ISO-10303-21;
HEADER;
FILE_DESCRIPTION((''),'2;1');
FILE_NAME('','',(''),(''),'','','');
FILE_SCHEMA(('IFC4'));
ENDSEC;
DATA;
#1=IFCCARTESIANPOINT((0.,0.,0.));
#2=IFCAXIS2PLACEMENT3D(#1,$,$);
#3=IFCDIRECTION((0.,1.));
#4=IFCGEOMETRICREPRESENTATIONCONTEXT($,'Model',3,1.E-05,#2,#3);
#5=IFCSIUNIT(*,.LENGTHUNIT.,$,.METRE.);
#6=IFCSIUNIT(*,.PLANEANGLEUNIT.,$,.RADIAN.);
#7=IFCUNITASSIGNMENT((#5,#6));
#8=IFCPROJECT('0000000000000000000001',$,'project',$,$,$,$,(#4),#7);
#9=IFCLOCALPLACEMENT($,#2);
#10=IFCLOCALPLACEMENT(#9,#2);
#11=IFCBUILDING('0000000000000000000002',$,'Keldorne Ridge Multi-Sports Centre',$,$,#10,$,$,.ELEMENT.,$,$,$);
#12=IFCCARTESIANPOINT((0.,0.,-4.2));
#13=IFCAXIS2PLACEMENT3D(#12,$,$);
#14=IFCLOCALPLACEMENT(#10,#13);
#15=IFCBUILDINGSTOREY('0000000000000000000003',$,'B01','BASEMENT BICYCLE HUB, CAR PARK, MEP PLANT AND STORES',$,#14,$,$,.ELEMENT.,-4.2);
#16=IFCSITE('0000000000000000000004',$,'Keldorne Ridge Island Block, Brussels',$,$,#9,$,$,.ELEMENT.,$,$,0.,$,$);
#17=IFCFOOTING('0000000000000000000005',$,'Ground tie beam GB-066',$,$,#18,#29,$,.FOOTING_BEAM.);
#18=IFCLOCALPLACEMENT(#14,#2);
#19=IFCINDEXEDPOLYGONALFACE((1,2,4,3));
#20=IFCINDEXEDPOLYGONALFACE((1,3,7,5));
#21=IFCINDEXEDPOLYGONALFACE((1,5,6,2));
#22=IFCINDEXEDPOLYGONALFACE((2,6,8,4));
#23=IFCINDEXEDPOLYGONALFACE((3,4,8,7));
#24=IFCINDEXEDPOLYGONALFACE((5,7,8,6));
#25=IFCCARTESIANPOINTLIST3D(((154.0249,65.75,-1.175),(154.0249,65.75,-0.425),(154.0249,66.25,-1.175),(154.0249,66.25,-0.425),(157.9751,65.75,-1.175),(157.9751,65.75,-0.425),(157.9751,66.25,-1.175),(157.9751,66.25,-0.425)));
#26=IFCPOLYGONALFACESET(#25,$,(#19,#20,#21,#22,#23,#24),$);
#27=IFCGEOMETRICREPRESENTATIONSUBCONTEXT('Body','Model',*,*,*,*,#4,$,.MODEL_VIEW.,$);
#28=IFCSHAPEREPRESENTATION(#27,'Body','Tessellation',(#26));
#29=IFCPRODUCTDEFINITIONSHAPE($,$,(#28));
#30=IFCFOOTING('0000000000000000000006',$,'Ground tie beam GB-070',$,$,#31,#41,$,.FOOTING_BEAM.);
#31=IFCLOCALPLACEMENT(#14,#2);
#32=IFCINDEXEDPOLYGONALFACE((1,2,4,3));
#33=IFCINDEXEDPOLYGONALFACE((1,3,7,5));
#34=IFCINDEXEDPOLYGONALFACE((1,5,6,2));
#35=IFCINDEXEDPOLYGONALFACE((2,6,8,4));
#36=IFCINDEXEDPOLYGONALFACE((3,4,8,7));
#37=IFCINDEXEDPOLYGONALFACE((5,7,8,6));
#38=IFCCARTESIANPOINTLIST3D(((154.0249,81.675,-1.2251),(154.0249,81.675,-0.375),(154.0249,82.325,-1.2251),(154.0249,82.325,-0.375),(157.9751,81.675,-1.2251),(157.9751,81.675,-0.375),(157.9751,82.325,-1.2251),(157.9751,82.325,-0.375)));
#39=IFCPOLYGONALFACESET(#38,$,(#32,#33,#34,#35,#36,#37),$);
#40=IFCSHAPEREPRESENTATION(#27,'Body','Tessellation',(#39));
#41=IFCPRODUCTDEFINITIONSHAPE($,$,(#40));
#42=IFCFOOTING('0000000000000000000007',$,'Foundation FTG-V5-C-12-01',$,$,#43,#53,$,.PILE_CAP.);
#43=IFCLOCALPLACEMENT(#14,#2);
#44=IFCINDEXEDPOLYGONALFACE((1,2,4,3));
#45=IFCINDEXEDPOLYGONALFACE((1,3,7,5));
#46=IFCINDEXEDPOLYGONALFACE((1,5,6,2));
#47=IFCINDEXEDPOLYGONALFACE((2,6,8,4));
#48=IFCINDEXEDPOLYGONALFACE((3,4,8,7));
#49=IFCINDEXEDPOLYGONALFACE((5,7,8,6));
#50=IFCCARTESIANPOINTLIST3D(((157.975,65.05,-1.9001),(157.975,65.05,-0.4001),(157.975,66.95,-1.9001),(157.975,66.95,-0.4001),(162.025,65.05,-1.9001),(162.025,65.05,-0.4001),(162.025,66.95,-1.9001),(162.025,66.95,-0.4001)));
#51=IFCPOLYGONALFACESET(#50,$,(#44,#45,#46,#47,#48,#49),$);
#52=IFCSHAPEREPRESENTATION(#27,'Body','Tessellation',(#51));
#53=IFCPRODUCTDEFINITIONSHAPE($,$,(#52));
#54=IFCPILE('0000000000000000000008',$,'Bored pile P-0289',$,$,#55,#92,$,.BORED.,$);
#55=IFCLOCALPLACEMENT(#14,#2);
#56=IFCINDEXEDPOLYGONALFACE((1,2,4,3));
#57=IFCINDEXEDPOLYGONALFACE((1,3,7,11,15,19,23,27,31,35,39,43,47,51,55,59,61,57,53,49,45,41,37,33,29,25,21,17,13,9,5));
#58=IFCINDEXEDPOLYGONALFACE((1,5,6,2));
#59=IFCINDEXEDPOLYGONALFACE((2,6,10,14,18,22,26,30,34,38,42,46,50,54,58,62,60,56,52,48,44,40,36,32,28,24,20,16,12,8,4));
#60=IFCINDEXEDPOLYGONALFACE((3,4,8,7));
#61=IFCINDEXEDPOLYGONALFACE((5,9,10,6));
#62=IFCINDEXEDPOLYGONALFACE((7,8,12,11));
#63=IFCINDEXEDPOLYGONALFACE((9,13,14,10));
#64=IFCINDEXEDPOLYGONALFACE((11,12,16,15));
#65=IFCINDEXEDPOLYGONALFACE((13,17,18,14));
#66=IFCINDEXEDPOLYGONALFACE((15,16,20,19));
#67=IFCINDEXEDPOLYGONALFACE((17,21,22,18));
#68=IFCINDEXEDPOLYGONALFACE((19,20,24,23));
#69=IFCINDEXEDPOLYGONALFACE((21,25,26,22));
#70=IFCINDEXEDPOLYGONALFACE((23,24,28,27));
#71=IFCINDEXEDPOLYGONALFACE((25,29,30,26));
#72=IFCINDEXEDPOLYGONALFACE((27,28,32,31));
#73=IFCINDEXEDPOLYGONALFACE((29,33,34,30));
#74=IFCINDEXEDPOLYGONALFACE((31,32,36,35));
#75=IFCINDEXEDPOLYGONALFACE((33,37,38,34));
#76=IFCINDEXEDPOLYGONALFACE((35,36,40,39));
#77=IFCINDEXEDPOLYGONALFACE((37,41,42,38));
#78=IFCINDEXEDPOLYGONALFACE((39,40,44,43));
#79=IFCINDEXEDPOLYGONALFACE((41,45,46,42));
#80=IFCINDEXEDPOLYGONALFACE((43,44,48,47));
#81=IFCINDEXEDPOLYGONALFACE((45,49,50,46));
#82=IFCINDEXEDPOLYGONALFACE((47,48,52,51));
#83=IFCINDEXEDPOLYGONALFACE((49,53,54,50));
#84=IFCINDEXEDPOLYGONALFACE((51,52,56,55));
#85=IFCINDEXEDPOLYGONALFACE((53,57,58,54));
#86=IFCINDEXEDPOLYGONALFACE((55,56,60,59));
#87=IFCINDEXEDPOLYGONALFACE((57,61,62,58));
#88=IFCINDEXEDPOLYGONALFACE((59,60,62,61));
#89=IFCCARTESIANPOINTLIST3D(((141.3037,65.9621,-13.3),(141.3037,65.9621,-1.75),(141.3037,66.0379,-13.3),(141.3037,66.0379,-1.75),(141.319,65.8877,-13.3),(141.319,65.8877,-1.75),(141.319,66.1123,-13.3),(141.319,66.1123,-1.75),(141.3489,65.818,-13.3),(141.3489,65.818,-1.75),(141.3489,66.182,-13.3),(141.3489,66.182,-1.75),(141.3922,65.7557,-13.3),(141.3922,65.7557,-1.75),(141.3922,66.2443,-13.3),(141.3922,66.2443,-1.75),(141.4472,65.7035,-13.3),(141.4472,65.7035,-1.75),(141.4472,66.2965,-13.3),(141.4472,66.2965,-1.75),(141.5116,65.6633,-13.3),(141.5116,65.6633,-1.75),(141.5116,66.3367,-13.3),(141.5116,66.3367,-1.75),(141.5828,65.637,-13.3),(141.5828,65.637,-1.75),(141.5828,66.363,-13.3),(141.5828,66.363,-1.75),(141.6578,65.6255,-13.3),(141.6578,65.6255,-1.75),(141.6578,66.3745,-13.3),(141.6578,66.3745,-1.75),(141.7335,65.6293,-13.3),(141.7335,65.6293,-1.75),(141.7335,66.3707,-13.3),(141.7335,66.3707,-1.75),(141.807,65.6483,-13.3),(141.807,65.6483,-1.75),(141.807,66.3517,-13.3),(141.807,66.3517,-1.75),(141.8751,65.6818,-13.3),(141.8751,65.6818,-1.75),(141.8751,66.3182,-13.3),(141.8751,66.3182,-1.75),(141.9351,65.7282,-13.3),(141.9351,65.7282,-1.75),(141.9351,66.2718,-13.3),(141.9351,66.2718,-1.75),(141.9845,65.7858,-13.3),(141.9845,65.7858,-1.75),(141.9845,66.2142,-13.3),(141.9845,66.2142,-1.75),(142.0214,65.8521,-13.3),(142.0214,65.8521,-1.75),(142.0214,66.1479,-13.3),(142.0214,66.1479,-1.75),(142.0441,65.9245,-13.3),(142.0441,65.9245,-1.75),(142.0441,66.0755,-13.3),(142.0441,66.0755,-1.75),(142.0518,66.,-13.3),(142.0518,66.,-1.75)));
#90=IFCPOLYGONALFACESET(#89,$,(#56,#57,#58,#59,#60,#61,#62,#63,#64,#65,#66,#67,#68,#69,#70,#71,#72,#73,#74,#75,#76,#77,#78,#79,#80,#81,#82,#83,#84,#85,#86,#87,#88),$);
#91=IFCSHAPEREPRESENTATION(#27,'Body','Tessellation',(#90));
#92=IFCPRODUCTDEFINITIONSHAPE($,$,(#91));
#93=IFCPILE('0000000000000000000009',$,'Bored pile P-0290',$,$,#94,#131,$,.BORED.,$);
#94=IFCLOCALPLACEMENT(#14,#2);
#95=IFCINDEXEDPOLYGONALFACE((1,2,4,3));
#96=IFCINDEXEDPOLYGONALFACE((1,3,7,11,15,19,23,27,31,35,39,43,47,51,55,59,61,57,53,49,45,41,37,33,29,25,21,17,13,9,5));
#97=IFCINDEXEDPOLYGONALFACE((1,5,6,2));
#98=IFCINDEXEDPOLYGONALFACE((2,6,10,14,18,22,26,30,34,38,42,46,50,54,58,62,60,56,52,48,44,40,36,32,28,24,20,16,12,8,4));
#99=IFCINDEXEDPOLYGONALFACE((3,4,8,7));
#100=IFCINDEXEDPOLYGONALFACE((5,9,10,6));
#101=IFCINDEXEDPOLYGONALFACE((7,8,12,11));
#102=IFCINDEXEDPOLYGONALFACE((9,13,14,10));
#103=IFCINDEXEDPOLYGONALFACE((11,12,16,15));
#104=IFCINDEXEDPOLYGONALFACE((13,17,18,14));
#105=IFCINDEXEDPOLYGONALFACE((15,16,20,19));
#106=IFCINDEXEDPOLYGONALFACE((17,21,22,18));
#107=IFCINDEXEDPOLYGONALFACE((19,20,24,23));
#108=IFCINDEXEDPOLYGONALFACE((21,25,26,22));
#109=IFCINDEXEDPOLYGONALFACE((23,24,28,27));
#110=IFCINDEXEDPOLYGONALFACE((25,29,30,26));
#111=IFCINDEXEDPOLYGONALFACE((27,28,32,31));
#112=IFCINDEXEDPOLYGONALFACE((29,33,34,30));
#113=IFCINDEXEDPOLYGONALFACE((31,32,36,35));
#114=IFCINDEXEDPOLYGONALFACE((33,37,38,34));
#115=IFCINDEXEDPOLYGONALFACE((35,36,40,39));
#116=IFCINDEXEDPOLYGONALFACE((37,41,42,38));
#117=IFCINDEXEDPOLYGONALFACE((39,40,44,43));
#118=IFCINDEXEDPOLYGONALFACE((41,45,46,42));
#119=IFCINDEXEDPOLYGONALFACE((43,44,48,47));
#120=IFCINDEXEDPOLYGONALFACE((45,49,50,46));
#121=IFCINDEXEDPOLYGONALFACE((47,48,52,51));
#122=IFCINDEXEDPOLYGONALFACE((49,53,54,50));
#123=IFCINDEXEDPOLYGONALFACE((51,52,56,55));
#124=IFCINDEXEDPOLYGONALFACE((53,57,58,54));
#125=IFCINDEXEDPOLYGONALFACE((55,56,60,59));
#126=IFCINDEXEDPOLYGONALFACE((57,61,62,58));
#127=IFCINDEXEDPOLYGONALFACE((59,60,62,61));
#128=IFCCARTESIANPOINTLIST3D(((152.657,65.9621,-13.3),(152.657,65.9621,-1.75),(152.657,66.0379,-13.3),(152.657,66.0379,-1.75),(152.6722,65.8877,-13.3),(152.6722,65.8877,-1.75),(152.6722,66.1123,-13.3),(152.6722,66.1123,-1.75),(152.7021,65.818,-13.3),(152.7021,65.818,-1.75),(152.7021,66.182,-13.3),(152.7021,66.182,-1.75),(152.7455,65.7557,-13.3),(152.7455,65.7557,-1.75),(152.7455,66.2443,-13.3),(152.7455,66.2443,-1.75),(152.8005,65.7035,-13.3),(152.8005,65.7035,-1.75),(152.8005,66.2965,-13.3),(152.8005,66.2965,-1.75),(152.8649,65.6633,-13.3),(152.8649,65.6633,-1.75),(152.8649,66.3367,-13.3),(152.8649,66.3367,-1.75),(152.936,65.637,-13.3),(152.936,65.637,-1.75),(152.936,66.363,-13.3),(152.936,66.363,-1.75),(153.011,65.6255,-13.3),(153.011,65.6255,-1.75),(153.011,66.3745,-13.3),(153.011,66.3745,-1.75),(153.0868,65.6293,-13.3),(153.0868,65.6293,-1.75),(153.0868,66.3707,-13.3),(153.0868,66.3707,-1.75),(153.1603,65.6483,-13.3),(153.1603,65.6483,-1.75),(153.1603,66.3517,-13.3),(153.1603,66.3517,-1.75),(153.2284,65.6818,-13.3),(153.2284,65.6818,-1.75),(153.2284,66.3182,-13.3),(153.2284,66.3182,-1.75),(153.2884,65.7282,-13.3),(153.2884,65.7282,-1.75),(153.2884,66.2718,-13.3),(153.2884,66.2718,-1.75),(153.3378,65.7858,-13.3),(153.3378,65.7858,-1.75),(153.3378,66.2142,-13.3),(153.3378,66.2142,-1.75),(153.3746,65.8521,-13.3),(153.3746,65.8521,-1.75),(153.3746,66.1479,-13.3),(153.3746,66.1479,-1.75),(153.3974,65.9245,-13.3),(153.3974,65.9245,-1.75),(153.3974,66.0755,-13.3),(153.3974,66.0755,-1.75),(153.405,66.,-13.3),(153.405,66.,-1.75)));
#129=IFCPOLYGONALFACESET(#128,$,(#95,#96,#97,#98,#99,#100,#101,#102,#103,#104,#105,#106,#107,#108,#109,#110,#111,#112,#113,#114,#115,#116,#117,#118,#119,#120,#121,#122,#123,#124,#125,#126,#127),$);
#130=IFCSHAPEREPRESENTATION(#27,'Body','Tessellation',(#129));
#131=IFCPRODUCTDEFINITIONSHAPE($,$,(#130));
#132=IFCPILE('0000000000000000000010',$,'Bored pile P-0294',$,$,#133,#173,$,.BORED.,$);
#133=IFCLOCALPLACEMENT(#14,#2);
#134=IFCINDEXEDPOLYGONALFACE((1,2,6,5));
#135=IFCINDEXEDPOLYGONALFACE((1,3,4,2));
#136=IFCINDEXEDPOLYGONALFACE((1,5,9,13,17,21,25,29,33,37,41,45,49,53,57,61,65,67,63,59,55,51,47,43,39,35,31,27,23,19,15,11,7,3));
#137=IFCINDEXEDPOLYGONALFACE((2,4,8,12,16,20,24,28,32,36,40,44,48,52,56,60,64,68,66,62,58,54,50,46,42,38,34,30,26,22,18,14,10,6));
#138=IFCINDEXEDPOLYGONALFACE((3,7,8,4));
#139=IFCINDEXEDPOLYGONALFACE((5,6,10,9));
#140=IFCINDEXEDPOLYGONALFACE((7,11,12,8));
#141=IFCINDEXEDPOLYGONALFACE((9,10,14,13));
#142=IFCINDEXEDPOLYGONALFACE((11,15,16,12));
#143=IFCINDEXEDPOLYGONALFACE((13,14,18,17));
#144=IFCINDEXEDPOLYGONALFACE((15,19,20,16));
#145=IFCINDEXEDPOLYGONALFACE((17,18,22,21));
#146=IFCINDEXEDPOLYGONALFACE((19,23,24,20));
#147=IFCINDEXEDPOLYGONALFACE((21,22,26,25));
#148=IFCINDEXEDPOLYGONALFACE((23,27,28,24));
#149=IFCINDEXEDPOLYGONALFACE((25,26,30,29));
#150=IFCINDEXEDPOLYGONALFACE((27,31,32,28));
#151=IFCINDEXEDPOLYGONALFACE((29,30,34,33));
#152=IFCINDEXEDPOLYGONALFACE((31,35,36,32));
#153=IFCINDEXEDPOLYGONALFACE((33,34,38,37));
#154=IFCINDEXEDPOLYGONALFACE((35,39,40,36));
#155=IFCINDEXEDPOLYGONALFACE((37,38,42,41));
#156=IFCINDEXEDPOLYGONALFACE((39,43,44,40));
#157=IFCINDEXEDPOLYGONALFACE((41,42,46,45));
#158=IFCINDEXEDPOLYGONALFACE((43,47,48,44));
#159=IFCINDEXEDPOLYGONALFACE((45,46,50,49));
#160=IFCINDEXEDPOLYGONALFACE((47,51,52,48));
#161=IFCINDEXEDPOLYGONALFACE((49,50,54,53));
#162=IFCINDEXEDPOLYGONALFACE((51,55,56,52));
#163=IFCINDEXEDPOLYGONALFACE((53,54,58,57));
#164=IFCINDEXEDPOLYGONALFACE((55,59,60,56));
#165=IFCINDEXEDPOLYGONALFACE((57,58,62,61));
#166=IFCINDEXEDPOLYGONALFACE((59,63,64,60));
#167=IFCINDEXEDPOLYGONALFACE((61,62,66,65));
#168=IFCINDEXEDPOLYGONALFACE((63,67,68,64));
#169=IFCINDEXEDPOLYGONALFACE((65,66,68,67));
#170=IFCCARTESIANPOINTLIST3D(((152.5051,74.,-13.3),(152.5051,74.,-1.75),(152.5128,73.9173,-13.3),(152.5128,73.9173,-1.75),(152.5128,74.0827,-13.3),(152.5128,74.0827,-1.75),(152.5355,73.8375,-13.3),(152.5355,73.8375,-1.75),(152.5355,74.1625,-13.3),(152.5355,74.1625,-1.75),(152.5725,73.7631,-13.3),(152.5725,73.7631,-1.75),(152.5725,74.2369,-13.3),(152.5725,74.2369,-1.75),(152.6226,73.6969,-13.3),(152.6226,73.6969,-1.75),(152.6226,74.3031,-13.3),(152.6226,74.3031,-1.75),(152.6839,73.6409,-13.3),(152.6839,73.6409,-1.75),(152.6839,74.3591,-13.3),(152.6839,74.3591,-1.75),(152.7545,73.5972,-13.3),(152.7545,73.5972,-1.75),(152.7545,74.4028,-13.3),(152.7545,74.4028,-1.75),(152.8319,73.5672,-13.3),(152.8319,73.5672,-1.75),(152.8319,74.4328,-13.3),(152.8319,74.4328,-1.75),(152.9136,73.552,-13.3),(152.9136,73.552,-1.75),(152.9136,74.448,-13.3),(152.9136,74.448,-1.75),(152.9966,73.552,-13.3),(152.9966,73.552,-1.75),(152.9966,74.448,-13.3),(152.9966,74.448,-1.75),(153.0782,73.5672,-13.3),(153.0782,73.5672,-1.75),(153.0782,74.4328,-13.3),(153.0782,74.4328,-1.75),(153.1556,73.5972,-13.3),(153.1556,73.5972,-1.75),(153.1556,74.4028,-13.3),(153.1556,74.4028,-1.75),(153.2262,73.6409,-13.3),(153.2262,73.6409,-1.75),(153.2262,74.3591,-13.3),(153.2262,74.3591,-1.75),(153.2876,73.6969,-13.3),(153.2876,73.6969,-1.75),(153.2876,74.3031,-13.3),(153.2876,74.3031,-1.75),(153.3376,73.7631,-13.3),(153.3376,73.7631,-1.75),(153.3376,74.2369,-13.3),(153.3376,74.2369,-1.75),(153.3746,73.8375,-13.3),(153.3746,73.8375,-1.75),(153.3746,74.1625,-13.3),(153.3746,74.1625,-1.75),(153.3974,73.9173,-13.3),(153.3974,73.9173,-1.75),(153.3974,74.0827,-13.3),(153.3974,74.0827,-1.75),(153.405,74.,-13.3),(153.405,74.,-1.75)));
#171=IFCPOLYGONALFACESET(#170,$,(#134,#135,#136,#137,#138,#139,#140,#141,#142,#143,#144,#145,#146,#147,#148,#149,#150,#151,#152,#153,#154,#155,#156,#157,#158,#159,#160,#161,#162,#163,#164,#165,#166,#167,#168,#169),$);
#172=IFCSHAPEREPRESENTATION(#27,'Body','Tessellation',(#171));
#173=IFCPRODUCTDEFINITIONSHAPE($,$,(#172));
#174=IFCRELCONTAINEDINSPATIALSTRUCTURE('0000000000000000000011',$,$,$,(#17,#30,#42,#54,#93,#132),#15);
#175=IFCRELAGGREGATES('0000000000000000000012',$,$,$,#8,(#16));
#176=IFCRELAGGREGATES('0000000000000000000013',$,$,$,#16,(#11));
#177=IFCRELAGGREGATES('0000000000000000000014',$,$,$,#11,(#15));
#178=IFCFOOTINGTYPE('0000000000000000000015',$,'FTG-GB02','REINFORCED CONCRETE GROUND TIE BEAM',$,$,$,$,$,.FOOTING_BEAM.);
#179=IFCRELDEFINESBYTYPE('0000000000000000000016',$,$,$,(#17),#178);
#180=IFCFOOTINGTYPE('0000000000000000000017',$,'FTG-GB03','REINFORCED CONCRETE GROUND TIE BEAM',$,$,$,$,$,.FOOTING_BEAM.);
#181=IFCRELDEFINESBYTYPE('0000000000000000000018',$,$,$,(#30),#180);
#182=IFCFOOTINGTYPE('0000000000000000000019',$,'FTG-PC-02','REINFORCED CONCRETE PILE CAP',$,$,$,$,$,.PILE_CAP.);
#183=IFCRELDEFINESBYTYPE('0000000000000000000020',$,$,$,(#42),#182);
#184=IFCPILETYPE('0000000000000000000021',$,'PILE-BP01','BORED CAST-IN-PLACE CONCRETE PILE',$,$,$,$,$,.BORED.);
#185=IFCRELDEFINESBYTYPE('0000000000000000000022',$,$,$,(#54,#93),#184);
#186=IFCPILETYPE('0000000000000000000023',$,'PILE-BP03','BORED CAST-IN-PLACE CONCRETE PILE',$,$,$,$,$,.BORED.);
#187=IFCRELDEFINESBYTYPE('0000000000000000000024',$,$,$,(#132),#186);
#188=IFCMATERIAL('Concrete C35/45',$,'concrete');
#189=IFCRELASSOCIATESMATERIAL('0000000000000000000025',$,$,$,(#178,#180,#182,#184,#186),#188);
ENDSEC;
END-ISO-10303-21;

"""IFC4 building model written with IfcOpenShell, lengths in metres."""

from ifc_helpers import new_model, si_unit, direction, frame, origin, origin_2d, place, context, subcontext, project, spatial, rectangle, circle, extrude, material, material_profile, profile_set, type_object, element, save


model = new_model("IFC4")

# Units and contexts
model_context = context("Model", 3, precision=1e-05, world=origin(), true_north=direction((0.0, 1.0)))
body_context = subcontext(model_context, "Body", "Model", "MODEL_VIEW")
ifc_project = project(units=[si_unit("LENGTHUNIT", "METRE"), si_unit("PLANEANGLEUNIT", "RADIAN")], contexts=[model_context])

# Site, building, storey
site_placement = place(None, origin())
site = spatial("IfcSite", under=ifc_project, at=site_placement, Name="Keldorne Ridge Island Block, Brussels", CompositionType="ELEMENT", RefElevation=0.0)
building_placement = place(site_placement, origin())
building = spatial("IfcBuilding", under=site, at=building_placement, Name="Keldorne Ridge Multi-Sports Centre", CompositionType="ELEMENT")
storey_placement = place(building_placement, frame((0.0, 0.0, -4.2)))
storey = spatial("IfcBuildingStorey", under=building, at=storey_placement, Name="B01", Description="BASEMENT BICYCLE HUB, CAR PARK, MEP PLANT AND STORES", CompositionType="ELEMENT", Elevation=-4.2)

# Footings
ifc_material_1 = material(Name="Concrete C35/45", Category="concrete")
ifc_material_profile_1 = material_profile(ifc_material_1, rectangle(XDim=0.5, YDim=0.75, at=origin_2d()), Name="GB 500x750")
ifc_profile_set_1 = profile_set([ifc_material_profile_1], Name="Concrete C35/45")
footing_type_1 = type_object("IfcFootingType", Name="FTG-GB02", Description="REINFORCED CONCRETE GROUND TIE BEAM", PredefinedType="FOOTING_BEAM", material=ifc_profile_set_1)
footing_1_placement = place(storey_placement, frame((154.0249, 66.0, -0.8), z_axis=(1.0, 0.0, 0.0), x_axis=(0.0, 1.0, 0.0)))
element("IfcFooting", 1, at=footing_1_placement, inside=storey, type_object=footing_type_1, Name="Ground tie beam GB-066", PredefinedType="FOOTING_BEAM", context=body_context, shape_type="SweptSolid", body=[
    extrude(rectangle(XDim=0.5, YDim=0.75, at=origin_2d()), origin(), (0.0, 0.0, 1.0), 3.9502),
])
ifc_material_profile_2 = material_profile(ifc_material_1, rectangle(XDim=0.6499, YDim=0.8501, at=origin_2d()), Name="GB 650x850")
ifc_profile_set_2 = profile_set([ifc_material_profile_2], Name="Concrete C35/45")
footing_type_2 = type_object("IfcFootingType", Name="FTG-GB03", Description="REINFORCED CONCRETE GROUND TIE BEAM", PredefinedType="FOOTING_BEAM", material=ifc_profile_set_2)
footing_2_placement = place(storey_placement, frame((154.0249, 82.0, -0.8), z_axis=(1.0, 0.0, 0.0), x_axis=(0.0, 1.0, 0.0)))
element("IfcFooting", 2, at=footing_2_placement, inside=storey, type_object=footing_type_2, Name="Ground tie beam GB-070", PredefinedType="FOOTING_BEAM", context=body_context, shape_type="SweptSolid", body=[
    extrude(rectangle(XDim=0.6499, YDim=0.8501, at=origin_2d()), origin(), (0.0, 0.0, 1.0), 3.9502),
])
footing_type_3 = type_object("IfcFootingType", Name="FTG-PC-02", Description="REINFORCED CONCRETE PILE CAP", PredefinedType="PILE_CAP", material=ifc_material_1)
footing_3_placement = place(storey_placement, frame((160.0, 66.0, -1.9001), z_axis=(0.0, 0.0, 1.0), x_axis=(1.0, 0.0, 0.0)))
element("IfcFooting", 3, at=footing_3_placement, inside=storey, type_object=footing_type_3, Name="Foundation FTG-V5-C-12-01", PredefinedType="PILE_CAP", context=body_context, shape_type="SweptSolid", body=[
    extrude(rectangle(XDim=4.05, YDim=1.8999, at=origin_2d()), origin(), (0.0, 0.0, 1.0), 1.5),
])

# Piles
ifc_material_profile_3 = material_profile(ifc_material_1, circle(Radius=0.375, at=origin_2d()), Name="BORED PILE D750")
ifc_profile_set_3 = profile_set([ifc_material_profile_3], Name="Concrete C35/45")
pile_type_1 = type_object("IfcPileType", Name="PILE-BP01", Description="BORED CAST-IN-PLACE CONCRETE PILE", PredefinedType="BORED", material=ifc_profile_set_3)
for number, where, z_axis, x_axis, name in (
    (4, (141.6768, 66.0, -1.75), (0.0, 0.0, -1.0), (1.0, 0.0, 0.0), "Bored pile P-0289"),
    (5, (153.03, 66.0, -1.75), (0.0, 0.0, -1.0), (1.0, 0.0, 0.0), "Bored pile P-0290"),
):
    element("IfcPile", number, at=place(storey_placement, frame(where, z_axis=z_axis, x_axis=x_axis)), inside=storey, type_object=pile_type_1, Name=name, PredefinedType="BORED", context=body_context, shape_type="SweptSolid", body=[
        extrude(circle(Radius=0.375, at=origin_2d()), origin(), (0.0, 0.0, 1.0), 11.55),
    ])
ifc_material_profile_4 = material_profile(ifc_material_1, circle(Radius=0.45, at=origin_2d()), Name="BORED PILE D900")
ifc_profile_set_4 = profile_set([ifc_material_profile_4], Name="Concrete C35/45")
pile_type_2 = type_object("IfcPileType", Name="PILE-BP03", Description="BORED CAST-IN-PLACE CONCRETE PILE", PredefinedType="BORED", material=ifc_profile_set_4)
for number, where, z_axis, x_axis, name in (
    (6, (152.9551, 74.0, -1.75), (0.0, 0.0, -1.0), (1.0, 0.0, 0.0), "Bored pile P-0294"),
):
    element("IfcPile", number, at=place(storey_placement, frame(where, z_axis=z_axis, x_axis=x_axis)), inside=storey, type_object=pile_type_2, Name=name, PredefinedType="BORED", context=body_context, shape_type="SweptSolid", body=[
        extrude(circle(Radius=0.45, at=origin_2d()), origin(), (0.0, 0.0, 1.0), 11.55),
    ])

save(model, "model.ifc")
